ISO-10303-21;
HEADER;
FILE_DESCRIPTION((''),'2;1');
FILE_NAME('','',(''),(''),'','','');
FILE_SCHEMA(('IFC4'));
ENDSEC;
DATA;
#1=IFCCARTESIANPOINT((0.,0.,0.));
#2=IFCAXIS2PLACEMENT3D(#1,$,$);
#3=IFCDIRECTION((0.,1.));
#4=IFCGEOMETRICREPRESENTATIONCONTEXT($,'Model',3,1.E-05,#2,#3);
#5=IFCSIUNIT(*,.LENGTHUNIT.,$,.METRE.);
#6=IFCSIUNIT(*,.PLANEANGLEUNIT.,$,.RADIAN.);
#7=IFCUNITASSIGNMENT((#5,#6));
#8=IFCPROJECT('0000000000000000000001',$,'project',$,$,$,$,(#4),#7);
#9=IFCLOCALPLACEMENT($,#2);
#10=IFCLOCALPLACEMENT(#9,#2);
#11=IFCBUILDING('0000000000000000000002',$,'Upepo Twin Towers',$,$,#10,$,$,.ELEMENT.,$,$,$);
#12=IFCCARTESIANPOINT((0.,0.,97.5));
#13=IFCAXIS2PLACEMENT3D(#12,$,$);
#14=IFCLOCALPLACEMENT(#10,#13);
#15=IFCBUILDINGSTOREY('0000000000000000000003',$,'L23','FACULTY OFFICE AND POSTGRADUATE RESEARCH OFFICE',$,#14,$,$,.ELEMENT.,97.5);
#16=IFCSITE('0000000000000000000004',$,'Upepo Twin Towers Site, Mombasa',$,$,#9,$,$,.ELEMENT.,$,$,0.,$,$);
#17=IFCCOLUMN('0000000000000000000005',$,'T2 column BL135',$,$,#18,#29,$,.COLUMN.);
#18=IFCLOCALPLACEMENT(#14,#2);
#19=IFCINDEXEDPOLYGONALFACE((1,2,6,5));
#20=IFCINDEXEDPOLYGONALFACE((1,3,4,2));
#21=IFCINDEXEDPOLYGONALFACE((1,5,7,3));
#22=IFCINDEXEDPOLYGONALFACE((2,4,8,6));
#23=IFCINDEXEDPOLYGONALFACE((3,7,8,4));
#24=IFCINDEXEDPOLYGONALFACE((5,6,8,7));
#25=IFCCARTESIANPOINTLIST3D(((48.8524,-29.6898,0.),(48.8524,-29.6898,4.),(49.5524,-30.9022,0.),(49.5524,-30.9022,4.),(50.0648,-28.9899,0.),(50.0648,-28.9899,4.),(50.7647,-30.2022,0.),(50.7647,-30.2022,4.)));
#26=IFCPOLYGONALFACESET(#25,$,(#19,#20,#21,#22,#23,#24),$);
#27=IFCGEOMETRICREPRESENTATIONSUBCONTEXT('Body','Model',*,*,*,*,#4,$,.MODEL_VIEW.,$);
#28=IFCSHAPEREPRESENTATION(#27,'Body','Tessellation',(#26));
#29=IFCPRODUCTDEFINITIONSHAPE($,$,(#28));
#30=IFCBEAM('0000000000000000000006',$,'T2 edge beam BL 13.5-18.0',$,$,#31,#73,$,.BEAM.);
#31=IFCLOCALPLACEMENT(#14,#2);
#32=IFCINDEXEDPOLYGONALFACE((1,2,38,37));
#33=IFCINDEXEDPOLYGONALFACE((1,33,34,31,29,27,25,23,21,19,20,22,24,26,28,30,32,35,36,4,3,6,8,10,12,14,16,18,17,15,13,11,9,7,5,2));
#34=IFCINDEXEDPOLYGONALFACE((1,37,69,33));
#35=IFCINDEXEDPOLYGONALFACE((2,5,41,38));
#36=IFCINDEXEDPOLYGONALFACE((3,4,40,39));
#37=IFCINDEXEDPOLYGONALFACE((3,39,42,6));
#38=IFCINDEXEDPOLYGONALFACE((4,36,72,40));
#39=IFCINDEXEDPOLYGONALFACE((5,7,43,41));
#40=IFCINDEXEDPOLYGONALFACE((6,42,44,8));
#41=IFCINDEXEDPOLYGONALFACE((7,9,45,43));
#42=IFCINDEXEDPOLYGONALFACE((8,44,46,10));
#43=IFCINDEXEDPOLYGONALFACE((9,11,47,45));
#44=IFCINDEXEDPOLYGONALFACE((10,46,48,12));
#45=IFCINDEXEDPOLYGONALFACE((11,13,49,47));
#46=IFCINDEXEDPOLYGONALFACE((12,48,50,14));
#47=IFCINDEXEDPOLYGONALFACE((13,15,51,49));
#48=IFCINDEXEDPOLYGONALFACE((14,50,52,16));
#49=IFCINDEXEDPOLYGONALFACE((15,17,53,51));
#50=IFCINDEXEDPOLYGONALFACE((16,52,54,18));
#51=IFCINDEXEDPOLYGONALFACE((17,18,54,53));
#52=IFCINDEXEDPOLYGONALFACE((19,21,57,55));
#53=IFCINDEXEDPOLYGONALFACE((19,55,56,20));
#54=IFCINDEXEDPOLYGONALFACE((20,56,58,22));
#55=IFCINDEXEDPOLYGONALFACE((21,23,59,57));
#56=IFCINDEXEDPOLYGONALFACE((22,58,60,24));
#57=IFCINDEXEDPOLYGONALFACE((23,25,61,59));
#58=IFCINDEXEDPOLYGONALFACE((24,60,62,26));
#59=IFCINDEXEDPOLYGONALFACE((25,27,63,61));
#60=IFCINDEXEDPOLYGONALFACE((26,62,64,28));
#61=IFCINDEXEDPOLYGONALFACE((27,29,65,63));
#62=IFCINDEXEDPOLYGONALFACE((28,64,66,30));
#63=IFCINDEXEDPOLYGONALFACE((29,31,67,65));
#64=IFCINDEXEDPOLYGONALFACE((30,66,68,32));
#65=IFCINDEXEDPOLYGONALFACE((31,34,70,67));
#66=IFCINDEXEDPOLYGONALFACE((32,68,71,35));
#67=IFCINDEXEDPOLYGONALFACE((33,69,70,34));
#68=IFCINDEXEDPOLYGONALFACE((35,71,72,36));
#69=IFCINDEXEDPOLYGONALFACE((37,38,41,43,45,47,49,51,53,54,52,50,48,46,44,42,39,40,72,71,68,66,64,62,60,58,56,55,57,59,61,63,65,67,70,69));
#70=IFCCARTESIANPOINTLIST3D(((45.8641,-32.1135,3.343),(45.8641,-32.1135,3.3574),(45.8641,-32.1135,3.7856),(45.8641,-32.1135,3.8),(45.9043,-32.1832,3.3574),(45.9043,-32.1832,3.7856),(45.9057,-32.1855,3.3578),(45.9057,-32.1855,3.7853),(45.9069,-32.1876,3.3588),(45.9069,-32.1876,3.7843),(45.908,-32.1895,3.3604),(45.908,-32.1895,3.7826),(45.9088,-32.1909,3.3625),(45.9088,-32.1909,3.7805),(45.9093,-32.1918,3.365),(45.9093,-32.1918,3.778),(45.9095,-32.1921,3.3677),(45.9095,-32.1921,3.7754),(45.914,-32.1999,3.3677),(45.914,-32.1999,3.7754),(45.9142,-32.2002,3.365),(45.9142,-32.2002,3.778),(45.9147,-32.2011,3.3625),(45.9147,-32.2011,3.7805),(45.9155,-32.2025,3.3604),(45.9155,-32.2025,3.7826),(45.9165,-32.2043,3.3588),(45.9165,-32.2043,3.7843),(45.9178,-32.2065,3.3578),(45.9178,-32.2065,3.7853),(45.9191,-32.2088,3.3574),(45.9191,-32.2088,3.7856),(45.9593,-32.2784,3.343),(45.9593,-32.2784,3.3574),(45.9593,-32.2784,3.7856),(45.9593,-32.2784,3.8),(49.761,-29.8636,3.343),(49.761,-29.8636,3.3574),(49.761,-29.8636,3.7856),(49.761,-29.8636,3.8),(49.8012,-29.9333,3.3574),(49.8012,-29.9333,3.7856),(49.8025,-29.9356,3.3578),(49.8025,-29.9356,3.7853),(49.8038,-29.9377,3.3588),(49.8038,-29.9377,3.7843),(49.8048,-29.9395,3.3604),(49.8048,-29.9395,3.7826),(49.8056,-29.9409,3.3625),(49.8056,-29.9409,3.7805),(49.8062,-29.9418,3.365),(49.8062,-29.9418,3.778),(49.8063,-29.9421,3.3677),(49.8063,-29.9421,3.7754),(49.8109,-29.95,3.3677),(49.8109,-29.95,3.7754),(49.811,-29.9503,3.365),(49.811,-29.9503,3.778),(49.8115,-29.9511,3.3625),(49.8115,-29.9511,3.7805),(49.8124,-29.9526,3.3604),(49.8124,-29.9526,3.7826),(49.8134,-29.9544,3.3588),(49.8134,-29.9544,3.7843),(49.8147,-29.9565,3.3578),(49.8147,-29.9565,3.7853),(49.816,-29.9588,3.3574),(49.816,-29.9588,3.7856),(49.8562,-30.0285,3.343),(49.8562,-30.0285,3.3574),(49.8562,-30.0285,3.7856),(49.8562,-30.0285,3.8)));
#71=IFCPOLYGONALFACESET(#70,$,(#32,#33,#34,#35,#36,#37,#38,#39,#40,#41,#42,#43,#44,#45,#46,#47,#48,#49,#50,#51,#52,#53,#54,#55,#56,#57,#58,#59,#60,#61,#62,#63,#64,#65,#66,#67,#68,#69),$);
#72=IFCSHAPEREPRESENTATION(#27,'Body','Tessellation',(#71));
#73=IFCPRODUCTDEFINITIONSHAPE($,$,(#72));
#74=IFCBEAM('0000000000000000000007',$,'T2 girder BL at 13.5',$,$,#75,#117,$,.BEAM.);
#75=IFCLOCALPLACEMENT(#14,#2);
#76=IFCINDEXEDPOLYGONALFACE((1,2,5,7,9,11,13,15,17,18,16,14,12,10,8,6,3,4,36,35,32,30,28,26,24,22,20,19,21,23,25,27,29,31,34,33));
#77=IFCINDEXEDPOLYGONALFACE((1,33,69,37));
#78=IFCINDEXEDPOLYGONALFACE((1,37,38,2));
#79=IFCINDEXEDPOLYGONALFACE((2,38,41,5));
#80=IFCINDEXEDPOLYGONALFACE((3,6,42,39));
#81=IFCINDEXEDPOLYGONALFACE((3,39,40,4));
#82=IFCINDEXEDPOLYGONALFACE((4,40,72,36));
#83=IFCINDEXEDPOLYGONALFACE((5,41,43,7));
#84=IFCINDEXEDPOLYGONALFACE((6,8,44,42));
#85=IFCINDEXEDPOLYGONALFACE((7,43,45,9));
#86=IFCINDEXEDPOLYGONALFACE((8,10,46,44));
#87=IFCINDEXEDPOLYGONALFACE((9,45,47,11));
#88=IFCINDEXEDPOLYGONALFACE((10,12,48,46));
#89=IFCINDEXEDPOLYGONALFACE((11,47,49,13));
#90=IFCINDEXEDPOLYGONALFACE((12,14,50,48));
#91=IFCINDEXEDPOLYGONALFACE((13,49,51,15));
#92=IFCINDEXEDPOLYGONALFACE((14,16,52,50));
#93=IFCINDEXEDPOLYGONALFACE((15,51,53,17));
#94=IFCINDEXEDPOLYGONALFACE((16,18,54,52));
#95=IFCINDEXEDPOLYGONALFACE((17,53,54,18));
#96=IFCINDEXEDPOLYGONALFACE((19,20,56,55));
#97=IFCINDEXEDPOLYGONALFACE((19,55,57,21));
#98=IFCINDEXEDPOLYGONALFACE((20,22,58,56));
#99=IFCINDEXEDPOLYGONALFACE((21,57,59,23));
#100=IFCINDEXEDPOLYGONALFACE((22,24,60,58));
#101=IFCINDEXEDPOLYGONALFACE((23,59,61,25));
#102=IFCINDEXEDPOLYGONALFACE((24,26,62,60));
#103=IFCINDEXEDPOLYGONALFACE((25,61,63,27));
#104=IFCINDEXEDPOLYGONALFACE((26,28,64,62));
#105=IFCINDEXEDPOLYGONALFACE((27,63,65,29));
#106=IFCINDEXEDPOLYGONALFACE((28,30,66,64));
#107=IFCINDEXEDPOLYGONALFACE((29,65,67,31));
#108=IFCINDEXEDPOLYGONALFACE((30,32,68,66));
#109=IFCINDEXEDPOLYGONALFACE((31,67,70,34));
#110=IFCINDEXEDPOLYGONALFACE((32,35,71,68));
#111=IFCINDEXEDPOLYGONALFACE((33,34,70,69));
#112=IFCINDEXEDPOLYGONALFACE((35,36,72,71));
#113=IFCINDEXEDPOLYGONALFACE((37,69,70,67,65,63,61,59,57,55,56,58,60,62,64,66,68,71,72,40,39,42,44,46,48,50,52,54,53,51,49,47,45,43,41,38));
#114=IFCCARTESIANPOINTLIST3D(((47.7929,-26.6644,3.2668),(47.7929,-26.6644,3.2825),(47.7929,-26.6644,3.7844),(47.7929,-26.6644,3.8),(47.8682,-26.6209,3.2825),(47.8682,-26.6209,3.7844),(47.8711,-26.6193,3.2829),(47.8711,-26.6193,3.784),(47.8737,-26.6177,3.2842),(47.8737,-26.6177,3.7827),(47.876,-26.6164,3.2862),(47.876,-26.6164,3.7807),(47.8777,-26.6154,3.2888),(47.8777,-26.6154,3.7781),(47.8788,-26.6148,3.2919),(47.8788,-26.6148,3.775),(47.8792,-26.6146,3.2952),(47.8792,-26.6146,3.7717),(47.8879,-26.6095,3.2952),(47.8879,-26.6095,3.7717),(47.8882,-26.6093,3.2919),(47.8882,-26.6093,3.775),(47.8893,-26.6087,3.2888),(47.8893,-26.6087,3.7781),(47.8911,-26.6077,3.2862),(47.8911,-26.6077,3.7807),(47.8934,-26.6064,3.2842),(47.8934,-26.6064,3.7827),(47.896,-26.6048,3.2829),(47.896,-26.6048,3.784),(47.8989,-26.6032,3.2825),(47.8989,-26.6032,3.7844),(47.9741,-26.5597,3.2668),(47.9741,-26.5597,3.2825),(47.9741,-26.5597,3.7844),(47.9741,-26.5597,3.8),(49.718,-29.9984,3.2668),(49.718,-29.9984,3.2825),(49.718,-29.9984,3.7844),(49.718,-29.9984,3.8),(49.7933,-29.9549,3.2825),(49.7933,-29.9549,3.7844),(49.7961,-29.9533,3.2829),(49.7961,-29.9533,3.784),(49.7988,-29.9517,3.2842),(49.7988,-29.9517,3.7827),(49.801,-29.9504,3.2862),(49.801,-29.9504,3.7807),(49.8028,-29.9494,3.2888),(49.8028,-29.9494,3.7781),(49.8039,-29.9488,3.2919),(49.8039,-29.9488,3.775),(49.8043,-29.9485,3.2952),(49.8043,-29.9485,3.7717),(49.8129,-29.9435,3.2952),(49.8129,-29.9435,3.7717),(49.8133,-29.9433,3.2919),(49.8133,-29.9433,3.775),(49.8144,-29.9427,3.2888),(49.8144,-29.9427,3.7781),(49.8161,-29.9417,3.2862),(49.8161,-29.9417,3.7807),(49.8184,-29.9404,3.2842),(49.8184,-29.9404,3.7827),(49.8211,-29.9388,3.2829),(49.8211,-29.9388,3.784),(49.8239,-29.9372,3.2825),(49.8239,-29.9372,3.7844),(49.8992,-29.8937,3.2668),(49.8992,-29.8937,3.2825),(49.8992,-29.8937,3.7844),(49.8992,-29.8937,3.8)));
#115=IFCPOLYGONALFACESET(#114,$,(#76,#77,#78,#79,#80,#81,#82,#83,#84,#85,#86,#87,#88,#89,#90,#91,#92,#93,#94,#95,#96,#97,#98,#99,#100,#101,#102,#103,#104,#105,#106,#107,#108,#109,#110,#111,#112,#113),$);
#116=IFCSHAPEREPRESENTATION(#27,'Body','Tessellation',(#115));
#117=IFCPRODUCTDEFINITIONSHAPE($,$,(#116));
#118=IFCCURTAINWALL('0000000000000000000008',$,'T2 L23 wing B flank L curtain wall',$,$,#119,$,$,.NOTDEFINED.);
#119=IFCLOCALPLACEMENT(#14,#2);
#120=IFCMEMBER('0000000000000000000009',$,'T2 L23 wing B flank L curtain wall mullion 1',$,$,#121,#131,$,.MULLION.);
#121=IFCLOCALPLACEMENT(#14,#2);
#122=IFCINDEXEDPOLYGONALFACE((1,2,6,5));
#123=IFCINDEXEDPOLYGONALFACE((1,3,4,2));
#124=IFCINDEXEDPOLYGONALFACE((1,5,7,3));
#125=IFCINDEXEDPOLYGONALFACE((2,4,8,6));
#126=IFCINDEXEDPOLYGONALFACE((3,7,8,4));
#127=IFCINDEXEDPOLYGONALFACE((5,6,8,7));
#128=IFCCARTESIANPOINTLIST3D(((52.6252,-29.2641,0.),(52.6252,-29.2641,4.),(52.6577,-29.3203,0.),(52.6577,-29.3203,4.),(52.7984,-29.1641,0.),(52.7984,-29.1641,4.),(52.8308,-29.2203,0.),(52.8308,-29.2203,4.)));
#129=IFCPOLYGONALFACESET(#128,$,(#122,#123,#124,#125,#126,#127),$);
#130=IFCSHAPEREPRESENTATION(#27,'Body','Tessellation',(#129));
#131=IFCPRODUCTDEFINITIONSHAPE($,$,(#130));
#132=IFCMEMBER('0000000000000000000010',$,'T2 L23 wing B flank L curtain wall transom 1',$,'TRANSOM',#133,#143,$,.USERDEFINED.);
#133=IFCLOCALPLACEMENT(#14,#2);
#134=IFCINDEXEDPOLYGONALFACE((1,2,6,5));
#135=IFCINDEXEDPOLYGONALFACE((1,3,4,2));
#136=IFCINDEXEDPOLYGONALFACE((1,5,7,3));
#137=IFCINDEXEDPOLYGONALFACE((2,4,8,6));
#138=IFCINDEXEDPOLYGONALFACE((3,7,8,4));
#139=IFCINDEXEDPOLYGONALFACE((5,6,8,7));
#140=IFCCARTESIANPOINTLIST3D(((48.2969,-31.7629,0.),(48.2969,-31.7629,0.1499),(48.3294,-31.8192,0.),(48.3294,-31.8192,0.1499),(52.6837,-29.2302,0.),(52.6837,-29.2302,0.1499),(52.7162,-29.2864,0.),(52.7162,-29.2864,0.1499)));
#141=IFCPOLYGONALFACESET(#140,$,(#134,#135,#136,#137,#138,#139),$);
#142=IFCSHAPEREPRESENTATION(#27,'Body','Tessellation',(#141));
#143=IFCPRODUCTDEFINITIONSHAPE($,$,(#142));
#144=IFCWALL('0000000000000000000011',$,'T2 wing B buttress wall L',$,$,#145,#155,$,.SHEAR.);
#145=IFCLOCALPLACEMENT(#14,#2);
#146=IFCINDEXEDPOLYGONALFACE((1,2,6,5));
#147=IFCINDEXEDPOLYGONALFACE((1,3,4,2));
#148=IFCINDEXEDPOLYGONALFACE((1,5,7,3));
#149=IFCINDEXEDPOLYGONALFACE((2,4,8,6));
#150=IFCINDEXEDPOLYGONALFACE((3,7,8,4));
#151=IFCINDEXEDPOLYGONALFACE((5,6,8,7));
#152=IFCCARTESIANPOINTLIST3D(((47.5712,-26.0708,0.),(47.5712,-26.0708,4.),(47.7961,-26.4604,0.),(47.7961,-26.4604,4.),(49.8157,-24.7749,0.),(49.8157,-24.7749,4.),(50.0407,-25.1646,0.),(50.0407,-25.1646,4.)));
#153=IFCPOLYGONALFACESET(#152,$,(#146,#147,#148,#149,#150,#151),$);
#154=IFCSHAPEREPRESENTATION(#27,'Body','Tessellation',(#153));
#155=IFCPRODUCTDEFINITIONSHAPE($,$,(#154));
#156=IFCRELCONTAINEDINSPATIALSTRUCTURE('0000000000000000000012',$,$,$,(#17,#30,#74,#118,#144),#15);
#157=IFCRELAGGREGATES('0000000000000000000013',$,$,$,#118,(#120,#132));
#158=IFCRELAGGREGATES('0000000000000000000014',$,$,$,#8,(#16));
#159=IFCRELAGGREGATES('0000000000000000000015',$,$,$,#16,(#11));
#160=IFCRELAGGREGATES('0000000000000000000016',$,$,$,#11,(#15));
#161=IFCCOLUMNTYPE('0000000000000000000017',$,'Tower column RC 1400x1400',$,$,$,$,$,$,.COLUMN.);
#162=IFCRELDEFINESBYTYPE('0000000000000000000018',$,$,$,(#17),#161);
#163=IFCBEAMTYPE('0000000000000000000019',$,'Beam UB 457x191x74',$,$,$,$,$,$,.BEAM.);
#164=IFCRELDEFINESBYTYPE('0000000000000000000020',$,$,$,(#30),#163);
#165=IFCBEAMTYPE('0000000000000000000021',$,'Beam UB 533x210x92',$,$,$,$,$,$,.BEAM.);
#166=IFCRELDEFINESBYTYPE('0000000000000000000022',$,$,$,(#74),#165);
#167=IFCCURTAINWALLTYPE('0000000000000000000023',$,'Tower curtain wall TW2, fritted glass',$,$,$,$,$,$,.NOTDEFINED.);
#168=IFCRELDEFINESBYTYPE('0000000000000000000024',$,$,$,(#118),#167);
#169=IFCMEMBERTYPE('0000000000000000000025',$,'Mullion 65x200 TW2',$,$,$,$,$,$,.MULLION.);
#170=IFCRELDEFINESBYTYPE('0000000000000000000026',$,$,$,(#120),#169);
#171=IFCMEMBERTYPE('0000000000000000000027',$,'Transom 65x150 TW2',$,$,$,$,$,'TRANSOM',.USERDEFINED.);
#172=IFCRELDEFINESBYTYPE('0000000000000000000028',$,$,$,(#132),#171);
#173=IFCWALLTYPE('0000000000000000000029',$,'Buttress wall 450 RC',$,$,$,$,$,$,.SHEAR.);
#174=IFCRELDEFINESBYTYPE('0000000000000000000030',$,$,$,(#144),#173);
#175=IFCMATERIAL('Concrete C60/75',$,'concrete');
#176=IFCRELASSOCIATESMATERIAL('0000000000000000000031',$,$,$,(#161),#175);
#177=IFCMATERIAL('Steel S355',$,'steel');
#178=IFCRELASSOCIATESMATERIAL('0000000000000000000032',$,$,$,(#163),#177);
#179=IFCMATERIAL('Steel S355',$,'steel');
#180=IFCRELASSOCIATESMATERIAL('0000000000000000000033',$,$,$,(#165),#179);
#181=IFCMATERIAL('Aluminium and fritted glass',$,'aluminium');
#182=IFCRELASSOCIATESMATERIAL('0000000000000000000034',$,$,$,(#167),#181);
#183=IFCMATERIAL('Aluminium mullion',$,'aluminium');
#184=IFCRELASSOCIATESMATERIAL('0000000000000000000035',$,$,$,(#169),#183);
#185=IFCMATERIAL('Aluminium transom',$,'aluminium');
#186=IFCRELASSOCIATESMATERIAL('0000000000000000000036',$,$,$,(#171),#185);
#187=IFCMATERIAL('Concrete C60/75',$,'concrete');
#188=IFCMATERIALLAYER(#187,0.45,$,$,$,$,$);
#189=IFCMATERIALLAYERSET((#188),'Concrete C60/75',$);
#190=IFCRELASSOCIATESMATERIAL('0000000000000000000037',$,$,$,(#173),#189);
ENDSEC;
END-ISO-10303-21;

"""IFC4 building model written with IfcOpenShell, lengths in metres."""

from ifc_helpers import new_model, si_unit, direction, frame, frame_2d, origin, origin_2d, place, context, subcontext, project, spatial, rectangle, i_section, extrude, material, layer, layer_set, material_profile, profile_set, type_object, element, aggregate, save


model = new_model("IFC4")

# Units and contexts
model_context = context("Model", 3, precision=1e-05, world=origin(), true_north=direction((0.0, 1.0)))
body_context = subcontext(model_context, "Body", "Model", "MODEL_VIEW")
ifc_project = project(units=[si_unit("LENGTHUNIT", "METRE"), si_unit("PLANEANGLEUNIT", "RADIAN")], contexts=[model_context])

# Site, building, storey
site_placement = place(None, origin())
site = spatial("IfcSite", under=ifc_project, at=site_placement, Name="Upepo Twin Towers Site, Mombasa", CompositionType="ELEMENT", RefElevation=0.0)
building_placement = place(site_placement, origin())
building = spatial("IfcBuilding", under=site, at=building_placement, Name="Upepo Twin Towers", CompositionType="ELEMENT")
storey_placement = place(building_placement, frame((0.0, 0.0, 97.5)))
storey = spatial("IfcBuildingStorey", under=building, at=storey_placement, Name="L23", Description="FACULTY OFFICE AND POSTGRADUATE RESEARCH OFFICE", CompositionType="ELEMENT", Elevation=97.5)

# Column
ifc_material_1 = material(Name="Concrete C60/75", Category="concrete")
ifc_material_profile_1 = material_profile(ifc_material_1, rectangle(XDim=1.3999, YDim=1.3999, at=origin_2d()), Name="RC 1400x1400")
ifc_profile_set_1 = profile_set([ifc_material_profile_1], Name="Concrete C60/75")
column_type = type_object("IfcColumnType", Name="Tower column RC 1400x1400", PredefinedType="COLUMN", material=ifc_profile_set_1)
column_placement = place(storey_placement, frame((49.8086, -29.946, 0.0), z_axis=(0.0, 0.0, 1.0), x_axis=(0.866025, 0.5, 0.0)))
element("IfcColumn", 1, at=column_placement, inside=storey, type_object=column_type, Name="T2 column BL135", PredefinedType="COLUMN", context=body_context, shape_type="SweptSolid", body=[
    extrude(rectangle(XDim=1.3999, YDim=1.3999, at=origin_2d()), origin(), (0.0, 0.0, 1.0), 4.0),
])

# Beams
ifc_material_2 = material(Name="Steel S355", Category="steel")
ifc_material_profile_2 = material_profile(ifc_material_2, i_section(OverallWidth=0.1904, OverallDepth=0.457, WebThickness=0.009, FlangeThickness=0.0144, FilletRadius=0.0103, at=origin_2d()), Name="UB 457x191x74")
ifc_profile_set_2 = profile_set([ifc_material_profile_2], Name="Steel S355")
beam_type_1 = type_object("IfcBeamType", Name="Beam UB 457x191x74", PredefinedType="BEAM", material=ifc_profile_set_2)
beam_1_placement = place(storey_placement, frame((49.8086, -29.946, 3.5715), z_axis=(-0.866018, -0.500014, 0.0), x_axis=(0.500014, -0.866018, 0.0)))
element("IfcBeam", 2, at=beam_1_placement, inside=storey, type_object=beam_type_1, Name="T2 edge beam BL 13.5-18.0", PredefinedType="BEAM", context=body_context, shape_type="SweptSolid", body=[
    extrude(i_section(OverallWidth=0.1904, OverallDepth=0.457, WebThickness=0.009, FlangeThickness=0.0144, FilletRadius=0.0103, at=origin_2d()), origin(), (0.0, 0.0, 1.0), 4.4998),
])
ifc_material_3 = material(Name="Steel S355", Category="steel")
ifc_material_profile_3 = material_profile(ifc_material_3, i_section(OverallWidth=0.2092, OverallDepth=0.5332, WebThickness=0.01, FlangeThickness=0.0156, FilletRadius=0.0127, at=origin_2d()), Name="UB 533x210x92")
ifc_profile_set_3 = profile_set([ifc_material_profile_3], Name="Steel S355")
beam_type_2 = type_object("IfcBeamType", Name="Beam UB 533x210x92", PredefinedType="BEAM", material=ifc_profile_set_3)
beam_2_placement = place(storey_placement, frame((49.8086, -29.946, 3.5334), z_axis=(-0.500034, 0.866006, 0.0), x_axis=(-0.866006, -0.500034, 0.0)))
element("IfcBeam", 3, at=beam_2_placement, inside=storey, type_object=beam_type_2, Name="T2 girder BL at 13.5", PredefinedType="BEAM", context=body_context, shape_type="SweptSolid", body=[
    extrude(i_section(OverallWidth=0.2092, OverallDepth=0.5332, WebThickness=0.01, FlangeThickness=0.0156, FilletRadius=0.0127, at=origin_2d()), origin(), (0.0, 0.0, 1.0), 3.8499),
])

# Curtain wall, members
ifc_material_4 = material(Name="Aluminium and fritted glass", Category="aluminium")
curtain_wall_type = type_object("IfcCurtainWallType", Name="Tower curtain wall TW2, fritted glass", PredefinedType="NOTDEFINED", material=ifc_material_4)
curtain_wall_placement = place(storey_placement, origin())
curtain_wall = element("IfcCurtainWall", 4, at=curtain_wall_placement, inside=storey, type_object=curtain_wall_type, Name="T2 L23 wing B flank L curtain wall", PredefinedType="NOTDEFINED")
ifc_material_5 = material(Name="Aluminium mullion", Category="aluminium")
ifc_material_profile_4 = material_profile(ifc_material_5, rectangle(XDim=0.0649, YDim=0.2, at=origin_2d()), Name="MULLION 65x200")
ifc_profile_set_4 = profile_set([ifc_material_profile_4], Name="Aluminium mullion")
member_type_1 = type_object("IfcMemberType", Name="Mullion 65x200 TW2", PredefinedType="MULLION", material=ifc_profile_set_4)
member_1_placement = place(storey_placement, frame((52.728, -29.2422, 0.0), z_axis=(0.0, 0.0, 1.0), x_axis=(0.5, -0.866025, 0.0)))
member_1 = element("IfcMember", 5, at=member_1_placement, type_object=member_type_1, Name="T2 L23 wing B flank L curtain wall mullion 1", PredefinedType="MULLION", context=body_context, shape_type="SweptSolid", body=[
    extrude(rectangle(XDim=0.0649, YDim=0.2, at=origin_2d()), origin(), (0.0, 0.0, 1.0), 4.0),
])
ifc_material_6 = material(Name="Aluminium transom", Category="aluminium")
ifc_material_profile_5 = material_profile(ifc_material_6, rectangle(XDim=0.0649, YDim=0.1499, at=origin_2d()), Name="TRANSOM 65x150")
ifc_profile_set_5 = profile_set([ifc_material_profile_5], Name="Aluminium transom")
member_type_2 = type_object("IfcMemberType", Name="Transom 65x150 TW2", ElementType="TRANSOM", PredefinedType="USERDEFINED", material=ifc_profile_set_5)
member_2_placement = place(storey_placement, frame((52.7, -29.2583, 0.075), z_axis=(-0.866022, -0.500006, 0.0), x_axis=(0.500006, -0.866022, 0.0)))
member_2 = element("IfcMember", 6, at=member_2_placement, type_object=member_type_2, Name="T2 L23 wing B flank L curtain wall transom 1", ObjectType="TRANSOM", PredefinedType="USERDEFINED", context=body_context, shape_type="SweptSolid", body=[
    extrude(rectangle(XDim=0.0649, YDim=0.1499, at=origin_2d()), origin(), (0.0, 0.0, 1.0), 5.0654),
])
aggregate(curtain_wall, [member_1, member_2])

# Wall
ifc_material_7 = material(Name="Concrete C60/75", Category="concrete")
ifc_layer_1 = layer(ifc_material_7, 0.45)
ifc_layer_set_1 = layer_set([ifc_layer_1], Name="Concrete C60/75")
wall_type_1 = type_object("IfcWallType", Name="Buttress wall 450 RC", PredefinedType="SHEAR", material=ifc_layer_set_1)
wall_1_placement = place(storey_placement, frame((49.9282, -24.9697, 0.0), z_axis=(0.0, 0.0, 1.0), x_axis=(-0.866032, -0.499989, 0.0)))
element("IfcWall", 7, at=wall_1_placement, inside=storey, type_object=wall_type_1, Name="T2 wing B buttress wall L", PredefinedType="SHEAR", context=body_context, shape_type="SweptSolid", body=[
    extrude(rectangle(XDim=2.5918, YDim=0.45, at=frame_2d((1.2959, 0.0))), origin(), (0.0, 0.0, 1.0), 4.0),
])

save(model, "model.ifc")
